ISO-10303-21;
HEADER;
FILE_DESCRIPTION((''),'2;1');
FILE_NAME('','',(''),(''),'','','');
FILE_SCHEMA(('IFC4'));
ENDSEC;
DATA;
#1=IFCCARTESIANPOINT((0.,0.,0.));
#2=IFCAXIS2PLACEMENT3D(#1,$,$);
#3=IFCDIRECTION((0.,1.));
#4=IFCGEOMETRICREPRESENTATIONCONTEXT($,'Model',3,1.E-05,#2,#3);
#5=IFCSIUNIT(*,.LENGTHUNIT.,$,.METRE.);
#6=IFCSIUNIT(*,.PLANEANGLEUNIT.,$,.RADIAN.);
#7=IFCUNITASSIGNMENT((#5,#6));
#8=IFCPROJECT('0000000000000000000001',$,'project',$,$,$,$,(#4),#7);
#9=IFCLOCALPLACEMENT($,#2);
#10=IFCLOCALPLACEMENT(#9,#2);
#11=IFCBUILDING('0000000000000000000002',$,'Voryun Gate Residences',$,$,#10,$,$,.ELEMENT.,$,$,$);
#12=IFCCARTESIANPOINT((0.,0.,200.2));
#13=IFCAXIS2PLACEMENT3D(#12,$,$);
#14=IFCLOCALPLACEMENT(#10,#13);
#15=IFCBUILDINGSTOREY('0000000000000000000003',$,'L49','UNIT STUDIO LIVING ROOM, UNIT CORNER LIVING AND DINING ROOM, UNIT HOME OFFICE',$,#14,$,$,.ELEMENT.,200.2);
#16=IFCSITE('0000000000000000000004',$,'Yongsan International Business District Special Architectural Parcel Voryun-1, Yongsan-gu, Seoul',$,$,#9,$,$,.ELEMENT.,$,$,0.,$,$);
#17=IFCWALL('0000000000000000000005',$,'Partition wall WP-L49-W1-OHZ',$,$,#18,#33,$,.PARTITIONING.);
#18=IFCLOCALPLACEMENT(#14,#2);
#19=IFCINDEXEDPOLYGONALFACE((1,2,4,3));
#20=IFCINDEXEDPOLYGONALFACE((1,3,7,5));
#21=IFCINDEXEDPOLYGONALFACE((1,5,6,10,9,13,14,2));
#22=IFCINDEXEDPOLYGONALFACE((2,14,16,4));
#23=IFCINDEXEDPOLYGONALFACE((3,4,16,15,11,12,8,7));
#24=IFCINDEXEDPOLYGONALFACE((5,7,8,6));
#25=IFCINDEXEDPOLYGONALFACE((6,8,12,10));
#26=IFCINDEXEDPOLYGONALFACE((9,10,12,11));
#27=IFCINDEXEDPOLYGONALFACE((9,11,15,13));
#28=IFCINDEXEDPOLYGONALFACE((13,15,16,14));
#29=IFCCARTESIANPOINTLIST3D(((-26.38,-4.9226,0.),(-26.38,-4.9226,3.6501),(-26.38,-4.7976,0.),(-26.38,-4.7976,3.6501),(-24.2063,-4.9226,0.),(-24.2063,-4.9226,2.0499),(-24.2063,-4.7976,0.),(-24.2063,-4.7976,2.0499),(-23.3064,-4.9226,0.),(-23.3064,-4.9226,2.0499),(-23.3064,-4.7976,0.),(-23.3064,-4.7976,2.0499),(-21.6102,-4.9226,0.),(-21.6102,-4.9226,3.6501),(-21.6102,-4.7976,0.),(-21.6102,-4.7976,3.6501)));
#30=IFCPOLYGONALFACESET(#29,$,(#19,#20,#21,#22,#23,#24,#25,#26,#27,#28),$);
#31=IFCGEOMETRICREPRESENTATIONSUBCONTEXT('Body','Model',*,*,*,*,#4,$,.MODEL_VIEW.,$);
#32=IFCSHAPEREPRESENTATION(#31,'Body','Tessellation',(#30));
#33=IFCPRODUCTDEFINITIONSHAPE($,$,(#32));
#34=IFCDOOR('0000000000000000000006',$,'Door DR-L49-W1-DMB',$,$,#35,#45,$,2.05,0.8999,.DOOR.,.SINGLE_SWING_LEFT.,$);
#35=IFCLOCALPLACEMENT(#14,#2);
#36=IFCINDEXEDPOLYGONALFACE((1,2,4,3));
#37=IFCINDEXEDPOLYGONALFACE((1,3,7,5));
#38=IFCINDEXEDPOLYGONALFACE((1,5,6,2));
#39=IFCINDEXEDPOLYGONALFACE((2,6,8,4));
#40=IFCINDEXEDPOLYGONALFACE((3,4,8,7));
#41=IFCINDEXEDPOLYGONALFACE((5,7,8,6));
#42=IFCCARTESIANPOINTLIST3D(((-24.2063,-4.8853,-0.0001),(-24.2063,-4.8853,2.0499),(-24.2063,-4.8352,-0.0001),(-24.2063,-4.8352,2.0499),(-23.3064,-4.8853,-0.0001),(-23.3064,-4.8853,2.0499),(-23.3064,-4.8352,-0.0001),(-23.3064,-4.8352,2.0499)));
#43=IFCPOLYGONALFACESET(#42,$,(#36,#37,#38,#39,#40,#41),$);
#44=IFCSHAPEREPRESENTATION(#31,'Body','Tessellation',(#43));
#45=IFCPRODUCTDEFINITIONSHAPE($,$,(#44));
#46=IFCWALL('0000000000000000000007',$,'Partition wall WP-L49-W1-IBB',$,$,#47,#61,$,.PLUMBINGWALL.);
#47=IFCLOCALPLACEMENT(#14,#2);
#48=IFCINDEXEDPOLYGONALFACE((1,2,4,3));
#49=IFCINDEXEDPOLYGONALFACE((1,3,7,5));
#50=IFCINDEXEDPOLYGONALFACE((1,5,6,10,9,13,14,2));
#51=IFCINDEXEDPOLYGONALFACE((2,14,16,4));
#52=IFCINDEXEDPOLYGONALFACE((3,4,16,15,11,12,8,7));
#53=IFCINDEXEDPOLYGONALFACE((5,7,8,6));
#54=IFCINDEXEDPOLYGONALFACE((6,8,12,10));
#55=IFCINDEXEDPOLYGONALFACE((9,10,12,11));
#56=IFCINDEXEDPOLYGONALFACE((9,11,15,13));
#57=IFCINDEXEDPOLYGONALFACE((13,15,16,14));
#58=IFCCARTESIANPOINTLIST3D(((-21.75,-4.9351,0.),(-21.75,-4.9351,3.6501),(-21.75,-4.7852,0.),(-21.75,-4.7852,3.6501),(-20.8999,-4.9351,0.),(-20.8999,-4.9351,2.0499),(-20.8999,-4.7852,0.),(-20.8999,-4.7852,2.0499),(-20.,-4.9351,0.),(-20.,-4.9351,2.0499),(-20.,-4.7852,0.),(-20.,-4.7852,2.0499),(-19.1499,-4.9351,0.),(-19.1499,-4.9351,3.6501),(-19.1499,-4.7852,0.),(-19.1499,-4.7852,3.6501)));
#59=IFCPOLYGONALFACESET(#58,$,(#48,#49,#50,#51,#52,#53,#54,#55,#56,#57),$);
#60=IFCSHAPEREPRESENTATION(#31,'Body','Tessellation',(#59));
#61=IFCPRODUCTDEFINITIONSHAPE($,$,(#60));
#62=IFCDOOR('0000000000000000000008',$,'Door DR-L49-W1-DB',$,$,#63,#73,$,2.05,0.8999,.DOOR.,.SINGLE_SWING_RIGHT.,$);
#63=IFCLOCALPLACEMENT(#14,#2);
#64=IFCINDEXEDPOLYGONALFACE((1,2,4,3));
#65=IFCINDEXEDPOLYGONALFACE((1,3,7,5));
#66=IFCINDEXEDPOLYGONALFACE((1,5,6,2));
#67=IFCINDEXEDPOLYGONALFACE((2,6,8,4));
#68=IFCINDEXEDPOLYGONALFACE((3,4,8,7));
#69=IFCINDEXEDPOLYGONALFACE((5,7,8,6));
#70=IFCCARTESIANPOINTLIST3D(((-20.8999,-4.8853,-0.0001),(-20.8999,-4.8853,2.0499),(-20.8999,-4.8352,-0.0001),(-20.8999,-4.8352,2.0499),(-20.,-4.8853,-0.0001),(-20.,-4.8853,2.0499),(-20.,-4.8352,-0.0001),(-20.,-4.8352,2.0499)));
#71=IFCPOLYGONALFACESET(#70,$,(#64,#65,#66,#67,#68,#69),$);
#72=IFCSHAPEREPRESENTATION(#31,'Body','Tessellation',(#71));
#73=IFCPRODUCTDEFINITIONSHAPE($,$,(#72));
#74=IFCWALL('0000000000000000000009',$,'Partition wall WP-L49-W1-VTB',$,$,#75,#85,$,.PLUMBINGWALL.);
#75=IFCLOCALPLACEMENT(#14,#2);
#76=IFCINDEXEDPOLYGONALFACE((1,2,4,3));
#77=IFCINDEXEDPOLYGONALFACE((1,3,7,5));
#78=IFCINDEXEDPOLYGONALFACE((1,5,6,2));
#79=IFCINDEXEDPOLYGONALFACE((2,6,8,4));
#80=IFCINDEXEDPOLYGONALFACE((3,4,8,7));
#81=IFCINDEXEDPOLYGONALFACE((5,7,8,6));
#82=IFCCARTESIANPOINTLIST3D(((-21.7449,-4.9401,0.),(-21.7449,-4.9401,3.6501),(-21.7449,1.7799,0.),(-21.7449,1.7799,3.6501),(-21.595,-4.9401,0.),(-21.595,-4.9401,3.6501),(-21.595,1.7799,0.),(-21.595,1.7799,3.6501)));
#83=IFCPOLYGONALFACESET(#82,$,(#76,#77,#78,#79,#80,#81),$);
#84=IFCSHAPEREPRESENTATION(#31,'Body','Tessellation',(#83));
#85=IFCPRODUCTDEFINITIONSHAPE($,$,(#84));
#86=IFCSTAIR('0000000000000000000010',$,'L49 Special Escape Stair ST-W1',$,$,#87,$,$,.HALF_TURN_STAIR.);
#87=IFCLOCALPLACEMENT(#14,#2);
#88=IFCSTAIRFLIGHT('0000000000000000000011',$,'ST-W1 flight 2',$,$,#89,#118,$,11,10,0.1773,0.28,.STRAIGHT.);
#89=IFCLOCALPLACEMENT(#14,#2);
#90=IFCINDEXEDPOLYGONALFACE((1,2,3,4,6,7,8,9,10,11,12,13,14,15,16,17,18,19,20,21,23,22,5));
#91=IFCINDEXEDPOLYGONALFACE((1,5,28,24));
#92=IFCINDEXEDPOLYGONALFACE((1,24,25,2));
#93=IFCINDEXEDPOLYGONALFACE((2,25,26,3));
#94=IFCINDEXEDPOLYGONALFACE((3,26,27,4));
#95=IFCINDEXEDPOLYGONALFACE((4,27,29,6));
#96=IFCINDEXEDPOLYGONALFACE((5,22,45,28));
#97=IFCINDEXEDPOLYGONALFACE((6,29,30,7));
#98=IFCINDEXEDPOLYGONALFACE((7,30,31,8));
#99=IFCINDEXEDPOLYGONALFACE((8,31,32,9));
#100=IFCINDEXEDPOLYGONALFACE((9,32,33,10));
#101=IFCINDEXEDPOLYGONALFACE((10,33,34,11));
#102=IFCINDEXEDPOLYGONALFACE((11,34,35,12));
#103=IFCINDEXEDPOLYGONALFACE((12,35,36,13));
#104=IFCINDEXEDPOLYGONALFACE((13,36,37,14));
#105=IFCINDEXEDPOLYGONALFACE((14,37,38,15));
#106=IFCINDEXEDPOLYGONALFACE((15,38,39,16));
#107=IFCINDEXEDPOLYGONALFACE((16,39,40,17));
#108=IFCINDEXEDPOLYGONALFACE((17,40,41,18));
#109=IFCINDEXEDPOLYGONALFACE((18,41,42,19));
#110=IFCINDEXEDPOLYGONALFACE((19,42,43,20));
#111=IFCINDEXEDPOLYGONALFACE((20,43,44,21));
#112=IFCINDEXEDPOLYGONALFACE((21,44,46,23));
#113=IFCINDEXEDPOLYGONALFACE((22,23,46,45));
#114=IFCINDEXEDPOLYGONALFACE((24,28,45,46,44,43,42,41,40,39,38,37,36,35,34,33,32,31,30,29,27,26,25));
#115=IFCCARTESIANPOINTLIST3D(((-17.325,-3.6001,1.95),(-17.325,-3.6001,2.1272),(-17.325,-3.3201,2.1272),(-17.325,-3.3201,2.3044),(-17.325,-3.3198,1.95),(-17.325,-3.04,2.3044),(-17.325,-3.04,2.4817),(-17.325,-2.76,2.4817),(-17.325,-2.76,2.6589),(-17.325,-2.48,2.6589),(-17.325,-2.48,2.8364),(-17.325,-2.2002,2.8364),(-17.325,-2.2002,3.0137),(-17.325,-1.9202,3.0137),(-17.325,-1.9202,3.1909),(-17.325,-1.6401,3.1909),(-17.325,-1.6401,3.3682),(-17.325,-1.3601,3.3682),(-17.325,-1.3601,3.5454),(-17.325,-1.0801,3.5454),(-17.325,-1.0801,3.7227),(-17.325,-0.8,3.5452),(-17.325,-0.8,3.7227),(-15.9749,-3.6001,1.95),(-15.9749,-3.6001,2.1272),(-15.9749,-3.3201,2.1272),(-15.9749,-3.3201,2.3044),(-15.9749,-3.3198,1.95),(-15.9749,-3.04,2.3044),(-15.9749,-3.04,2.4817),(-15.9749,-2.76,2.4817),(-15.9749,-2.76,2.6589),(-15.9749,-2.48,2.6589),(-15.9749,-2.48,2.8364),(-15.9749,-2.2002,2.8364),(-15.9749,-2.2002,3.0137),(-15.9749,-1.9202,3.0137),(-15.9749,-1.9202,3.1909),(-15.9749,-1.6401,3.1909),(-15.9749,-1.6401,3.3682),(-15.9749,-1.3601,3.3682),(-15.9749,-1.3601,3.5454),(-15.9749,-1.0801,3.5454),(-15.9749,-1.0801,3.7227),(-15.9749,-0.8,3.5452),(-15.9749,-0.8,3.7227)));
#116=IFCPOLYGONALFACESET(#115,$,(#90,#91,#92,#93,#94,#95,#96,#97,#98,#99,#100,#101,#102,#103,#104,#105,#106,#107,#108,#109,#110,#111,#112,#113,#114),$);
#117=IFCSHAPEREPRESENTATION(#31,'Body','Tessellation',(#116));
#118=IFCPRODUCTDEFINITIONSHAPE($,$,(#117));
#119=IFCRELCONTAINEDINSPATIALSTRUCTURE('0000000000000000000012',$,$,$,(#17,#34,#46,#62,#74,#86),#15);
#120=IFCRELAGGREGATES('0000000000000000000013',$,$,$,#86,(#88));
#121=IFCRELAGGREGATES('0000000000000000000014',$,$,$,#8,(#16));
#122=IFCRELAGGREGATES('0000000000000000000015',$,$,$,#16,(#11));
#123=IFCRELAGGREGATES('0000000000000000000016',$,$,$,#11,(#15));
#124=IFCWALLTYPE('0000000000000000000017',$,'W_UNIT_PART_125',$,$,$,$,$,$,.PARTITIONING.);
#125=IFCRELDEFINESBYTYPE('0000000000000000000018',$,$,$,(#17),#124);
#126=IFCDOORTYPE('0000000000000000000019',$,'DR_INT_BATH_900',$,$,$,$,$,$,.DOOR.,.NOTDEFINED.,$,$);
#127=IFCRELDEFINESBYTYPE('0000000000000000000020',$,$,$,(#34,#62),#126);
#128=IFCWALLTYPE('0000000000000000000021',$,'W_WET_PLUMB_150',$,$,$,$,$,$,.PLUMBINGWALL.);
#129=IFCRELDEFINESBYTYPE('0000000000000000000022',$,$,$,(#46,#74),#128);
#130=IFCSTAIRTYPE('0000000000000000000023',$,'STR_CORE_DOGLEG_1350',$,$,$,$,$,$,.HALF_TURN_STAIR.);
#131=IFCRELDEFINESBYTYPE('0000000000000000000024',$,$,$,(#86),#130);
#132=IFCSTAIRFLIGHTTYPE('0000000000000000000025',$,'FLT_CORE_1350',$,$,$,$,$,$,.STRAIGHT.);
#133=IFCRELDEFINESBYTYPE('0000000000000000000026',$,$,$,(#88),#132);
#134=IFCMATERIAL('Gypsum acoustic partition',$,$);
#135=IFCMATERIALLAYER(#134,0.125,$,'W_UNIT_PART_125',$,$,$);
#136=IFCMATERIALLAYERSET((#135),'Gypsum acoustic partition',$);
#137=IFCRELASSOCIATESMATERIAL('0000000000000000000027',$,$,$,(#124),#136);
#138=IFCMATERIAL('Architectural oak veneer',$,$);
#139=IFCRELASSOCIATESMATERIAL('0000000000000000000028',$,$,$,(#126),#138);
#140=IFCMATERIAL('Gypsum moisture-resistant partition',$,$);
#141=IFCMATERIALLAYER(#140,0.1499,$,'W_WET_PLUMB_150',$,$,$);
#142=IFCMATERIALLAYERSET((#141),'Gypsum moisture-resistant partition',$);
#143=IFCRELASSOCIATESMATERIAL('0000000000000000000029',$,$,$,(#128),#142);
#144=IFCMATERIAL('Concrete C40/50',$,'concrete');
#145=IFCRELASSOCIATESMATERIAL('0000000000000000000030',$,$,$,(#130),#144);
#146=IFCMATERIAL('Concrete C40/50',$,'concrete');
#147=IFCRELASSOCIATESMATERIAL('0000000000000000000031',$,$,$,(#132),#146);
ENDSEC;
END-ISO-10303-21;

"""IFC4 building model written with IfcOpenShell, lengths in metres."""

from ifc_helpers import new_model, si_unit, direction, frame, frame_2d, origin, place, context, subcontext, project, spatial, polyline, rectangle, outline, extrude, material, layer, layer_set, type_object, element, fill, aggregate, save


model = new_model("IFC4")

# Units and contexts
model_context = context("Model", 3, precision=1e-05, world=origin(), true_north=direction((0.0, 1.0)))
body_context = subcontext(model_context, "Body", "Model", "MODEL_VIEW")
ifc_project = project(units=[si_unit("LENGTHUNIT", "METRE"), si_unit("PLANEANGLEUNIT", "RADIAN")], contexts=[model_context])

# Site, building, storey
site_placement = place(None, origin())
site = spatial("IfcSite", under=ifc_project, at=site_placement, Name="Yongsan International Business District Special Architectural Parcel Voryun-1, Yongsan-gu, Seoul", CompositionType="ELEMENT", RefElevation=0.0)
building_placement = place(site_placement, origin())
building = spatial("IfcBuilding", under=site, at=building_placement, Name="Voryun Gate Residences", CompositionType="ELEMENT")
storey_placement = place(building_placement, frame((0.0, 0.0, 200.2)))
storey = spatial("IfcBuildingStorey", under=building, at=storey_placement, Name="L49", Description="UNIT STUDIO LIVING ROOM, UNIT CORNER LIVING AND DINING ROOM, UNIT HOME OFFICE", CompositionType="ELEMENT", Elevation=200.2)

# Walls, openings, doors
ifc_material_1 = material(Name="Gypsum acoustic partition")
ifc_layer_1 = layer(ifc_material_1, 0.125, Name="W_UNIT_PART_125")
ifc_layer_set_1 = layer_set([ifc_layer_1], Name="Gypsum acoustic partition")
wall_type_1 = type_object("IfcWallType", Name="W_UNIT_PART_125", PredefinedType="PARTITIONING", material=ifc_layer_set_1)
wall_1_placement = place(storey_placement, frame((-26.3799, -4.8601, 0.0), z_axis=(0.0, 0.0, 1.0), x_axis=(1.0, 0.0, 0.0)))
wall_1 = element("IfcWall", 1, at=wall_1_placement, inside=storey, type_object=wall_type_1, Name="Partition wall WP-L49-W1-OHZ", PredefinedType="PARTITIONING", context=body_context, shape_type="SweptSolid", body=[
    extrude(rectangle(XDim=4.7698, YDim=0.125, at=frame_2d((2.3848, 0.0))), origin(), (0.0, 0.0, 1.0), 3.6501),
])
opening_1_placement = place(wall_1_placement, frame((2.1736, 0.0, 0.0)))
opening_1 = element("IfcOpeningElement", 2, at=opening_1_placement, cuts=wall_1, PredefinedType="OPENING", context=body_context, shape_type="SweptSolid", body=[
    extrude(rectangle(XDim=0.8999, YDim=2.05, at=frame_2d((0.45, 1.0249))), frame((0.0, 0.0725, 0.0), z_axis=(0.0, -1.0, 0.0), x_axis=(1.0, 0.0, 0.0)), (0.0, 0.0, 1.0), 0.145),
])
ifc_material_2 = material(Name="Architectural oak veneer")
door_type_1 = type_object("IfcDoorType", Name="DR_INT_BATH_900", OperationType="NOTDEFINED", PredefinedType="DOOR", material=ifc_material_2)
door_1_placement = place(opening_1_placement, origin())
door_1 = element("IfcDoor", 3, at=door_1_placement, inside=storey, type_object=door_type_1, Name="Door DR-L49-W1-DMB", OperationType="SINGLE_SWING_LEFT", OverallHeight=2.05, OverallWidth=0.8999, PredefinedType="DOOR", context=body_context, shape_type="SweptSolid", body=[
    extrude(rectangle(XDim=0.8999, YDim=2.05, at=frame_2d((0.45, 1.0249))), frame((0.0, 0.0249, 0.0), z_axis=(0.0, -1.0, 0.0), x_axis=(1.0, 0.0, 0.0)), (0.0, 0.0, 1.0), 0.05),
])
fill(opening_1, door_1)
ifc_material_3 = material(Name="Gypsum moisture-resistant partition")
ifc_layer_2 = layer(ifc_material_3, 0.1499, Name="W_WET_PLUMB_150")
ifc_layer_set_2 = layer_set([ifc_layer_2], Name="Gypsum moisture-resistant partition")
wall_type_2 = type_object("IfcWallType", Name="W_WET_PLUMB_150", PredefinedType="PLUMBINGWALL", material=ifc_layer_set_2)
wall_2_placement = place(storey_placement, frame((-21.75, -4.8601, 0.0), z_axis=(0.0, 0.0, 1.0), x_axis=(1.0, 0.0, 0.0)))
wall_2 = element("IfcWall", 4, at=wall_2_placement, inside=storey, type_object=wall_type_2, Name="Partition wall WP-L49-W1-IBB", PredefinedType="PLUMBINGWALL", context=body_context, shape_type="SweptSolid", body=[
    extrude(rectangle(XDim=2.6001, YDim=0.1499, at=frame_2d((1.3, 0.0))), origin(), (0.0, 0.0, 1.0), 3.6501),
])
opening_2_placement = place(wall_2_placement, frame((0.8501, 0.0, 0.0)))
opening_2 = element("IfcOpeningElement", 5, at=opening_2_placement, cuts=wall_2, PredefinedType="OPENING", context=body_context, shape_type="SweptSolid", body=[
    extrude(rectangle(XDim=0.8999, YDim=2.05, at=frame_2d((0.45, 1.0249))), frame((0.0, 0.085, 0.0), z_axis=(0.0, -1.0, 0.0), x_axis=(1.0, 0.0, 0.0)), (0.0, 0.0, 1.0), 0.1699),
])
door_2_placement = place(opening_2_placement, origin())
door_2 = element("IfcDoor", 6, at=door_2_placement, inside=storey, type_object=door_type_1, Name="Door DR-L49-W1-DB", OperationType="SINGLE_SWING_RIGHT", OverallHeight=2.05, OverallWidth=0.8999, PredefinedType="DOOR", context=body_context, shape_type="SweptSolid", body=[
    extrude(rectangle(XDim=0.8999, YDim=2.05, at=frame_2d((0.45, 1.0249))), frame((0.0, 0.0249, 0.0), z_axis=(0.0, -1.0, 0.0), x_axis=(1.0, 0.0, 0.0)), (0.0, 0.0, 1.0), 0.05),
])
fill(opening_2, door_2)

# Wall
wall_3_placement = place(storey_placement, frame((-21.6699, -4.9399, 0.0), z_axis=(0.0, 0.0, 1.0), x_axis=(0.0, 1.0, 0.0)))
element("IfcWall", 7, at=wall_3_placement, inside=storey, type_object=wall_type_2, Name="Partition wall WP-L49-W1-VTB", PredefinedType="PLUMBINGWALL", context=body_context, shape_type="SweptSolid", body=[
    extrude(rectangle(XDim=6.72, YDim=0.1499, at=frame_2d((3.3599, 0.0))), origin(), (0.0, 0.0, 1.0), 3.6501),
])

# Stair, stair flight
ifc_material_4 = material(Name="Concrete C40/50", Category="concrete")
stair_type = type_object("IfcStairType", Name="STR_CORE_DOGLEG_1350", PredefinedType="HALF_TURN_STAIR", material=ifc_material_4)
stair_placement = place(storey_placement, origin())
stair = element("IfcStair", 8, at=stair_placement, inside=storey, type_object=stair_type, Name="L49 Special Escape Stair ST-W1", PredefinedType="HALF_TURN_STAIR")
ifc_material_5 = material(Name="Concrete C40/50", Category="concrete")
stair_flight_type = type_object("IfcStairFlightType", Name="FLT_CORE_1350", PredefinedType="STRAIGHT", material=ifc_material_5)
stair_flight_placement = place(storey_placement, frame((-16.6499, -3.6001, 1.95), z_axis=(0.0, 0.0, 1.0), x_axis=(0.0, 1.0, 0.0)))
stair_flight = element("IfcStairFlight", 9, at=stair_flight_placement, type_object=stair_flight_type, Name="ST-W1 flight 2", NumberOfRisers=11, NumberOfTreads=10, PredefinedType="STRAIGHT", RiserHeight=0.1773, TreadLength=0.28, context=body_context, shape_type="SweptSolid", body=[
    extrude(outline(polyline([(0.0, 0.0), (0.0, 0.1772), (0.28, 0.1772), (0.28, 0.3545), (0.5601, 0.3545), (0.5601, 0.5317), (0.8401, 0.5317), (0.8401, 0.709), (1.1201, 0.709), (1.1201, 0.8865), (1.3999, 0.8865), (1.3999, 1.0637), (1.6799, 1.0637), (1.6799, 1.241), (1.96, 1.241), (1.96, 1.4182), (2.24, 1.4182), (2.24, 1.5955), (2.52, 1.5955), (2.52, 1.7727), (2.8, 1.7727), (2.8, 1.95), (2.8, 1.5952), (0.2803, 0.0), (0.0, 0.0)])), frame((0.0, 0.675, 0.0), z_axis=(0.0, -1.0, 0.0), x_axis=(1.0, 0.0, 0.0)), (0.0, 0.0, 1.0), 1.3501),
])
aggregate(stair, [stair_flight])

save(model, "model.ifc")
